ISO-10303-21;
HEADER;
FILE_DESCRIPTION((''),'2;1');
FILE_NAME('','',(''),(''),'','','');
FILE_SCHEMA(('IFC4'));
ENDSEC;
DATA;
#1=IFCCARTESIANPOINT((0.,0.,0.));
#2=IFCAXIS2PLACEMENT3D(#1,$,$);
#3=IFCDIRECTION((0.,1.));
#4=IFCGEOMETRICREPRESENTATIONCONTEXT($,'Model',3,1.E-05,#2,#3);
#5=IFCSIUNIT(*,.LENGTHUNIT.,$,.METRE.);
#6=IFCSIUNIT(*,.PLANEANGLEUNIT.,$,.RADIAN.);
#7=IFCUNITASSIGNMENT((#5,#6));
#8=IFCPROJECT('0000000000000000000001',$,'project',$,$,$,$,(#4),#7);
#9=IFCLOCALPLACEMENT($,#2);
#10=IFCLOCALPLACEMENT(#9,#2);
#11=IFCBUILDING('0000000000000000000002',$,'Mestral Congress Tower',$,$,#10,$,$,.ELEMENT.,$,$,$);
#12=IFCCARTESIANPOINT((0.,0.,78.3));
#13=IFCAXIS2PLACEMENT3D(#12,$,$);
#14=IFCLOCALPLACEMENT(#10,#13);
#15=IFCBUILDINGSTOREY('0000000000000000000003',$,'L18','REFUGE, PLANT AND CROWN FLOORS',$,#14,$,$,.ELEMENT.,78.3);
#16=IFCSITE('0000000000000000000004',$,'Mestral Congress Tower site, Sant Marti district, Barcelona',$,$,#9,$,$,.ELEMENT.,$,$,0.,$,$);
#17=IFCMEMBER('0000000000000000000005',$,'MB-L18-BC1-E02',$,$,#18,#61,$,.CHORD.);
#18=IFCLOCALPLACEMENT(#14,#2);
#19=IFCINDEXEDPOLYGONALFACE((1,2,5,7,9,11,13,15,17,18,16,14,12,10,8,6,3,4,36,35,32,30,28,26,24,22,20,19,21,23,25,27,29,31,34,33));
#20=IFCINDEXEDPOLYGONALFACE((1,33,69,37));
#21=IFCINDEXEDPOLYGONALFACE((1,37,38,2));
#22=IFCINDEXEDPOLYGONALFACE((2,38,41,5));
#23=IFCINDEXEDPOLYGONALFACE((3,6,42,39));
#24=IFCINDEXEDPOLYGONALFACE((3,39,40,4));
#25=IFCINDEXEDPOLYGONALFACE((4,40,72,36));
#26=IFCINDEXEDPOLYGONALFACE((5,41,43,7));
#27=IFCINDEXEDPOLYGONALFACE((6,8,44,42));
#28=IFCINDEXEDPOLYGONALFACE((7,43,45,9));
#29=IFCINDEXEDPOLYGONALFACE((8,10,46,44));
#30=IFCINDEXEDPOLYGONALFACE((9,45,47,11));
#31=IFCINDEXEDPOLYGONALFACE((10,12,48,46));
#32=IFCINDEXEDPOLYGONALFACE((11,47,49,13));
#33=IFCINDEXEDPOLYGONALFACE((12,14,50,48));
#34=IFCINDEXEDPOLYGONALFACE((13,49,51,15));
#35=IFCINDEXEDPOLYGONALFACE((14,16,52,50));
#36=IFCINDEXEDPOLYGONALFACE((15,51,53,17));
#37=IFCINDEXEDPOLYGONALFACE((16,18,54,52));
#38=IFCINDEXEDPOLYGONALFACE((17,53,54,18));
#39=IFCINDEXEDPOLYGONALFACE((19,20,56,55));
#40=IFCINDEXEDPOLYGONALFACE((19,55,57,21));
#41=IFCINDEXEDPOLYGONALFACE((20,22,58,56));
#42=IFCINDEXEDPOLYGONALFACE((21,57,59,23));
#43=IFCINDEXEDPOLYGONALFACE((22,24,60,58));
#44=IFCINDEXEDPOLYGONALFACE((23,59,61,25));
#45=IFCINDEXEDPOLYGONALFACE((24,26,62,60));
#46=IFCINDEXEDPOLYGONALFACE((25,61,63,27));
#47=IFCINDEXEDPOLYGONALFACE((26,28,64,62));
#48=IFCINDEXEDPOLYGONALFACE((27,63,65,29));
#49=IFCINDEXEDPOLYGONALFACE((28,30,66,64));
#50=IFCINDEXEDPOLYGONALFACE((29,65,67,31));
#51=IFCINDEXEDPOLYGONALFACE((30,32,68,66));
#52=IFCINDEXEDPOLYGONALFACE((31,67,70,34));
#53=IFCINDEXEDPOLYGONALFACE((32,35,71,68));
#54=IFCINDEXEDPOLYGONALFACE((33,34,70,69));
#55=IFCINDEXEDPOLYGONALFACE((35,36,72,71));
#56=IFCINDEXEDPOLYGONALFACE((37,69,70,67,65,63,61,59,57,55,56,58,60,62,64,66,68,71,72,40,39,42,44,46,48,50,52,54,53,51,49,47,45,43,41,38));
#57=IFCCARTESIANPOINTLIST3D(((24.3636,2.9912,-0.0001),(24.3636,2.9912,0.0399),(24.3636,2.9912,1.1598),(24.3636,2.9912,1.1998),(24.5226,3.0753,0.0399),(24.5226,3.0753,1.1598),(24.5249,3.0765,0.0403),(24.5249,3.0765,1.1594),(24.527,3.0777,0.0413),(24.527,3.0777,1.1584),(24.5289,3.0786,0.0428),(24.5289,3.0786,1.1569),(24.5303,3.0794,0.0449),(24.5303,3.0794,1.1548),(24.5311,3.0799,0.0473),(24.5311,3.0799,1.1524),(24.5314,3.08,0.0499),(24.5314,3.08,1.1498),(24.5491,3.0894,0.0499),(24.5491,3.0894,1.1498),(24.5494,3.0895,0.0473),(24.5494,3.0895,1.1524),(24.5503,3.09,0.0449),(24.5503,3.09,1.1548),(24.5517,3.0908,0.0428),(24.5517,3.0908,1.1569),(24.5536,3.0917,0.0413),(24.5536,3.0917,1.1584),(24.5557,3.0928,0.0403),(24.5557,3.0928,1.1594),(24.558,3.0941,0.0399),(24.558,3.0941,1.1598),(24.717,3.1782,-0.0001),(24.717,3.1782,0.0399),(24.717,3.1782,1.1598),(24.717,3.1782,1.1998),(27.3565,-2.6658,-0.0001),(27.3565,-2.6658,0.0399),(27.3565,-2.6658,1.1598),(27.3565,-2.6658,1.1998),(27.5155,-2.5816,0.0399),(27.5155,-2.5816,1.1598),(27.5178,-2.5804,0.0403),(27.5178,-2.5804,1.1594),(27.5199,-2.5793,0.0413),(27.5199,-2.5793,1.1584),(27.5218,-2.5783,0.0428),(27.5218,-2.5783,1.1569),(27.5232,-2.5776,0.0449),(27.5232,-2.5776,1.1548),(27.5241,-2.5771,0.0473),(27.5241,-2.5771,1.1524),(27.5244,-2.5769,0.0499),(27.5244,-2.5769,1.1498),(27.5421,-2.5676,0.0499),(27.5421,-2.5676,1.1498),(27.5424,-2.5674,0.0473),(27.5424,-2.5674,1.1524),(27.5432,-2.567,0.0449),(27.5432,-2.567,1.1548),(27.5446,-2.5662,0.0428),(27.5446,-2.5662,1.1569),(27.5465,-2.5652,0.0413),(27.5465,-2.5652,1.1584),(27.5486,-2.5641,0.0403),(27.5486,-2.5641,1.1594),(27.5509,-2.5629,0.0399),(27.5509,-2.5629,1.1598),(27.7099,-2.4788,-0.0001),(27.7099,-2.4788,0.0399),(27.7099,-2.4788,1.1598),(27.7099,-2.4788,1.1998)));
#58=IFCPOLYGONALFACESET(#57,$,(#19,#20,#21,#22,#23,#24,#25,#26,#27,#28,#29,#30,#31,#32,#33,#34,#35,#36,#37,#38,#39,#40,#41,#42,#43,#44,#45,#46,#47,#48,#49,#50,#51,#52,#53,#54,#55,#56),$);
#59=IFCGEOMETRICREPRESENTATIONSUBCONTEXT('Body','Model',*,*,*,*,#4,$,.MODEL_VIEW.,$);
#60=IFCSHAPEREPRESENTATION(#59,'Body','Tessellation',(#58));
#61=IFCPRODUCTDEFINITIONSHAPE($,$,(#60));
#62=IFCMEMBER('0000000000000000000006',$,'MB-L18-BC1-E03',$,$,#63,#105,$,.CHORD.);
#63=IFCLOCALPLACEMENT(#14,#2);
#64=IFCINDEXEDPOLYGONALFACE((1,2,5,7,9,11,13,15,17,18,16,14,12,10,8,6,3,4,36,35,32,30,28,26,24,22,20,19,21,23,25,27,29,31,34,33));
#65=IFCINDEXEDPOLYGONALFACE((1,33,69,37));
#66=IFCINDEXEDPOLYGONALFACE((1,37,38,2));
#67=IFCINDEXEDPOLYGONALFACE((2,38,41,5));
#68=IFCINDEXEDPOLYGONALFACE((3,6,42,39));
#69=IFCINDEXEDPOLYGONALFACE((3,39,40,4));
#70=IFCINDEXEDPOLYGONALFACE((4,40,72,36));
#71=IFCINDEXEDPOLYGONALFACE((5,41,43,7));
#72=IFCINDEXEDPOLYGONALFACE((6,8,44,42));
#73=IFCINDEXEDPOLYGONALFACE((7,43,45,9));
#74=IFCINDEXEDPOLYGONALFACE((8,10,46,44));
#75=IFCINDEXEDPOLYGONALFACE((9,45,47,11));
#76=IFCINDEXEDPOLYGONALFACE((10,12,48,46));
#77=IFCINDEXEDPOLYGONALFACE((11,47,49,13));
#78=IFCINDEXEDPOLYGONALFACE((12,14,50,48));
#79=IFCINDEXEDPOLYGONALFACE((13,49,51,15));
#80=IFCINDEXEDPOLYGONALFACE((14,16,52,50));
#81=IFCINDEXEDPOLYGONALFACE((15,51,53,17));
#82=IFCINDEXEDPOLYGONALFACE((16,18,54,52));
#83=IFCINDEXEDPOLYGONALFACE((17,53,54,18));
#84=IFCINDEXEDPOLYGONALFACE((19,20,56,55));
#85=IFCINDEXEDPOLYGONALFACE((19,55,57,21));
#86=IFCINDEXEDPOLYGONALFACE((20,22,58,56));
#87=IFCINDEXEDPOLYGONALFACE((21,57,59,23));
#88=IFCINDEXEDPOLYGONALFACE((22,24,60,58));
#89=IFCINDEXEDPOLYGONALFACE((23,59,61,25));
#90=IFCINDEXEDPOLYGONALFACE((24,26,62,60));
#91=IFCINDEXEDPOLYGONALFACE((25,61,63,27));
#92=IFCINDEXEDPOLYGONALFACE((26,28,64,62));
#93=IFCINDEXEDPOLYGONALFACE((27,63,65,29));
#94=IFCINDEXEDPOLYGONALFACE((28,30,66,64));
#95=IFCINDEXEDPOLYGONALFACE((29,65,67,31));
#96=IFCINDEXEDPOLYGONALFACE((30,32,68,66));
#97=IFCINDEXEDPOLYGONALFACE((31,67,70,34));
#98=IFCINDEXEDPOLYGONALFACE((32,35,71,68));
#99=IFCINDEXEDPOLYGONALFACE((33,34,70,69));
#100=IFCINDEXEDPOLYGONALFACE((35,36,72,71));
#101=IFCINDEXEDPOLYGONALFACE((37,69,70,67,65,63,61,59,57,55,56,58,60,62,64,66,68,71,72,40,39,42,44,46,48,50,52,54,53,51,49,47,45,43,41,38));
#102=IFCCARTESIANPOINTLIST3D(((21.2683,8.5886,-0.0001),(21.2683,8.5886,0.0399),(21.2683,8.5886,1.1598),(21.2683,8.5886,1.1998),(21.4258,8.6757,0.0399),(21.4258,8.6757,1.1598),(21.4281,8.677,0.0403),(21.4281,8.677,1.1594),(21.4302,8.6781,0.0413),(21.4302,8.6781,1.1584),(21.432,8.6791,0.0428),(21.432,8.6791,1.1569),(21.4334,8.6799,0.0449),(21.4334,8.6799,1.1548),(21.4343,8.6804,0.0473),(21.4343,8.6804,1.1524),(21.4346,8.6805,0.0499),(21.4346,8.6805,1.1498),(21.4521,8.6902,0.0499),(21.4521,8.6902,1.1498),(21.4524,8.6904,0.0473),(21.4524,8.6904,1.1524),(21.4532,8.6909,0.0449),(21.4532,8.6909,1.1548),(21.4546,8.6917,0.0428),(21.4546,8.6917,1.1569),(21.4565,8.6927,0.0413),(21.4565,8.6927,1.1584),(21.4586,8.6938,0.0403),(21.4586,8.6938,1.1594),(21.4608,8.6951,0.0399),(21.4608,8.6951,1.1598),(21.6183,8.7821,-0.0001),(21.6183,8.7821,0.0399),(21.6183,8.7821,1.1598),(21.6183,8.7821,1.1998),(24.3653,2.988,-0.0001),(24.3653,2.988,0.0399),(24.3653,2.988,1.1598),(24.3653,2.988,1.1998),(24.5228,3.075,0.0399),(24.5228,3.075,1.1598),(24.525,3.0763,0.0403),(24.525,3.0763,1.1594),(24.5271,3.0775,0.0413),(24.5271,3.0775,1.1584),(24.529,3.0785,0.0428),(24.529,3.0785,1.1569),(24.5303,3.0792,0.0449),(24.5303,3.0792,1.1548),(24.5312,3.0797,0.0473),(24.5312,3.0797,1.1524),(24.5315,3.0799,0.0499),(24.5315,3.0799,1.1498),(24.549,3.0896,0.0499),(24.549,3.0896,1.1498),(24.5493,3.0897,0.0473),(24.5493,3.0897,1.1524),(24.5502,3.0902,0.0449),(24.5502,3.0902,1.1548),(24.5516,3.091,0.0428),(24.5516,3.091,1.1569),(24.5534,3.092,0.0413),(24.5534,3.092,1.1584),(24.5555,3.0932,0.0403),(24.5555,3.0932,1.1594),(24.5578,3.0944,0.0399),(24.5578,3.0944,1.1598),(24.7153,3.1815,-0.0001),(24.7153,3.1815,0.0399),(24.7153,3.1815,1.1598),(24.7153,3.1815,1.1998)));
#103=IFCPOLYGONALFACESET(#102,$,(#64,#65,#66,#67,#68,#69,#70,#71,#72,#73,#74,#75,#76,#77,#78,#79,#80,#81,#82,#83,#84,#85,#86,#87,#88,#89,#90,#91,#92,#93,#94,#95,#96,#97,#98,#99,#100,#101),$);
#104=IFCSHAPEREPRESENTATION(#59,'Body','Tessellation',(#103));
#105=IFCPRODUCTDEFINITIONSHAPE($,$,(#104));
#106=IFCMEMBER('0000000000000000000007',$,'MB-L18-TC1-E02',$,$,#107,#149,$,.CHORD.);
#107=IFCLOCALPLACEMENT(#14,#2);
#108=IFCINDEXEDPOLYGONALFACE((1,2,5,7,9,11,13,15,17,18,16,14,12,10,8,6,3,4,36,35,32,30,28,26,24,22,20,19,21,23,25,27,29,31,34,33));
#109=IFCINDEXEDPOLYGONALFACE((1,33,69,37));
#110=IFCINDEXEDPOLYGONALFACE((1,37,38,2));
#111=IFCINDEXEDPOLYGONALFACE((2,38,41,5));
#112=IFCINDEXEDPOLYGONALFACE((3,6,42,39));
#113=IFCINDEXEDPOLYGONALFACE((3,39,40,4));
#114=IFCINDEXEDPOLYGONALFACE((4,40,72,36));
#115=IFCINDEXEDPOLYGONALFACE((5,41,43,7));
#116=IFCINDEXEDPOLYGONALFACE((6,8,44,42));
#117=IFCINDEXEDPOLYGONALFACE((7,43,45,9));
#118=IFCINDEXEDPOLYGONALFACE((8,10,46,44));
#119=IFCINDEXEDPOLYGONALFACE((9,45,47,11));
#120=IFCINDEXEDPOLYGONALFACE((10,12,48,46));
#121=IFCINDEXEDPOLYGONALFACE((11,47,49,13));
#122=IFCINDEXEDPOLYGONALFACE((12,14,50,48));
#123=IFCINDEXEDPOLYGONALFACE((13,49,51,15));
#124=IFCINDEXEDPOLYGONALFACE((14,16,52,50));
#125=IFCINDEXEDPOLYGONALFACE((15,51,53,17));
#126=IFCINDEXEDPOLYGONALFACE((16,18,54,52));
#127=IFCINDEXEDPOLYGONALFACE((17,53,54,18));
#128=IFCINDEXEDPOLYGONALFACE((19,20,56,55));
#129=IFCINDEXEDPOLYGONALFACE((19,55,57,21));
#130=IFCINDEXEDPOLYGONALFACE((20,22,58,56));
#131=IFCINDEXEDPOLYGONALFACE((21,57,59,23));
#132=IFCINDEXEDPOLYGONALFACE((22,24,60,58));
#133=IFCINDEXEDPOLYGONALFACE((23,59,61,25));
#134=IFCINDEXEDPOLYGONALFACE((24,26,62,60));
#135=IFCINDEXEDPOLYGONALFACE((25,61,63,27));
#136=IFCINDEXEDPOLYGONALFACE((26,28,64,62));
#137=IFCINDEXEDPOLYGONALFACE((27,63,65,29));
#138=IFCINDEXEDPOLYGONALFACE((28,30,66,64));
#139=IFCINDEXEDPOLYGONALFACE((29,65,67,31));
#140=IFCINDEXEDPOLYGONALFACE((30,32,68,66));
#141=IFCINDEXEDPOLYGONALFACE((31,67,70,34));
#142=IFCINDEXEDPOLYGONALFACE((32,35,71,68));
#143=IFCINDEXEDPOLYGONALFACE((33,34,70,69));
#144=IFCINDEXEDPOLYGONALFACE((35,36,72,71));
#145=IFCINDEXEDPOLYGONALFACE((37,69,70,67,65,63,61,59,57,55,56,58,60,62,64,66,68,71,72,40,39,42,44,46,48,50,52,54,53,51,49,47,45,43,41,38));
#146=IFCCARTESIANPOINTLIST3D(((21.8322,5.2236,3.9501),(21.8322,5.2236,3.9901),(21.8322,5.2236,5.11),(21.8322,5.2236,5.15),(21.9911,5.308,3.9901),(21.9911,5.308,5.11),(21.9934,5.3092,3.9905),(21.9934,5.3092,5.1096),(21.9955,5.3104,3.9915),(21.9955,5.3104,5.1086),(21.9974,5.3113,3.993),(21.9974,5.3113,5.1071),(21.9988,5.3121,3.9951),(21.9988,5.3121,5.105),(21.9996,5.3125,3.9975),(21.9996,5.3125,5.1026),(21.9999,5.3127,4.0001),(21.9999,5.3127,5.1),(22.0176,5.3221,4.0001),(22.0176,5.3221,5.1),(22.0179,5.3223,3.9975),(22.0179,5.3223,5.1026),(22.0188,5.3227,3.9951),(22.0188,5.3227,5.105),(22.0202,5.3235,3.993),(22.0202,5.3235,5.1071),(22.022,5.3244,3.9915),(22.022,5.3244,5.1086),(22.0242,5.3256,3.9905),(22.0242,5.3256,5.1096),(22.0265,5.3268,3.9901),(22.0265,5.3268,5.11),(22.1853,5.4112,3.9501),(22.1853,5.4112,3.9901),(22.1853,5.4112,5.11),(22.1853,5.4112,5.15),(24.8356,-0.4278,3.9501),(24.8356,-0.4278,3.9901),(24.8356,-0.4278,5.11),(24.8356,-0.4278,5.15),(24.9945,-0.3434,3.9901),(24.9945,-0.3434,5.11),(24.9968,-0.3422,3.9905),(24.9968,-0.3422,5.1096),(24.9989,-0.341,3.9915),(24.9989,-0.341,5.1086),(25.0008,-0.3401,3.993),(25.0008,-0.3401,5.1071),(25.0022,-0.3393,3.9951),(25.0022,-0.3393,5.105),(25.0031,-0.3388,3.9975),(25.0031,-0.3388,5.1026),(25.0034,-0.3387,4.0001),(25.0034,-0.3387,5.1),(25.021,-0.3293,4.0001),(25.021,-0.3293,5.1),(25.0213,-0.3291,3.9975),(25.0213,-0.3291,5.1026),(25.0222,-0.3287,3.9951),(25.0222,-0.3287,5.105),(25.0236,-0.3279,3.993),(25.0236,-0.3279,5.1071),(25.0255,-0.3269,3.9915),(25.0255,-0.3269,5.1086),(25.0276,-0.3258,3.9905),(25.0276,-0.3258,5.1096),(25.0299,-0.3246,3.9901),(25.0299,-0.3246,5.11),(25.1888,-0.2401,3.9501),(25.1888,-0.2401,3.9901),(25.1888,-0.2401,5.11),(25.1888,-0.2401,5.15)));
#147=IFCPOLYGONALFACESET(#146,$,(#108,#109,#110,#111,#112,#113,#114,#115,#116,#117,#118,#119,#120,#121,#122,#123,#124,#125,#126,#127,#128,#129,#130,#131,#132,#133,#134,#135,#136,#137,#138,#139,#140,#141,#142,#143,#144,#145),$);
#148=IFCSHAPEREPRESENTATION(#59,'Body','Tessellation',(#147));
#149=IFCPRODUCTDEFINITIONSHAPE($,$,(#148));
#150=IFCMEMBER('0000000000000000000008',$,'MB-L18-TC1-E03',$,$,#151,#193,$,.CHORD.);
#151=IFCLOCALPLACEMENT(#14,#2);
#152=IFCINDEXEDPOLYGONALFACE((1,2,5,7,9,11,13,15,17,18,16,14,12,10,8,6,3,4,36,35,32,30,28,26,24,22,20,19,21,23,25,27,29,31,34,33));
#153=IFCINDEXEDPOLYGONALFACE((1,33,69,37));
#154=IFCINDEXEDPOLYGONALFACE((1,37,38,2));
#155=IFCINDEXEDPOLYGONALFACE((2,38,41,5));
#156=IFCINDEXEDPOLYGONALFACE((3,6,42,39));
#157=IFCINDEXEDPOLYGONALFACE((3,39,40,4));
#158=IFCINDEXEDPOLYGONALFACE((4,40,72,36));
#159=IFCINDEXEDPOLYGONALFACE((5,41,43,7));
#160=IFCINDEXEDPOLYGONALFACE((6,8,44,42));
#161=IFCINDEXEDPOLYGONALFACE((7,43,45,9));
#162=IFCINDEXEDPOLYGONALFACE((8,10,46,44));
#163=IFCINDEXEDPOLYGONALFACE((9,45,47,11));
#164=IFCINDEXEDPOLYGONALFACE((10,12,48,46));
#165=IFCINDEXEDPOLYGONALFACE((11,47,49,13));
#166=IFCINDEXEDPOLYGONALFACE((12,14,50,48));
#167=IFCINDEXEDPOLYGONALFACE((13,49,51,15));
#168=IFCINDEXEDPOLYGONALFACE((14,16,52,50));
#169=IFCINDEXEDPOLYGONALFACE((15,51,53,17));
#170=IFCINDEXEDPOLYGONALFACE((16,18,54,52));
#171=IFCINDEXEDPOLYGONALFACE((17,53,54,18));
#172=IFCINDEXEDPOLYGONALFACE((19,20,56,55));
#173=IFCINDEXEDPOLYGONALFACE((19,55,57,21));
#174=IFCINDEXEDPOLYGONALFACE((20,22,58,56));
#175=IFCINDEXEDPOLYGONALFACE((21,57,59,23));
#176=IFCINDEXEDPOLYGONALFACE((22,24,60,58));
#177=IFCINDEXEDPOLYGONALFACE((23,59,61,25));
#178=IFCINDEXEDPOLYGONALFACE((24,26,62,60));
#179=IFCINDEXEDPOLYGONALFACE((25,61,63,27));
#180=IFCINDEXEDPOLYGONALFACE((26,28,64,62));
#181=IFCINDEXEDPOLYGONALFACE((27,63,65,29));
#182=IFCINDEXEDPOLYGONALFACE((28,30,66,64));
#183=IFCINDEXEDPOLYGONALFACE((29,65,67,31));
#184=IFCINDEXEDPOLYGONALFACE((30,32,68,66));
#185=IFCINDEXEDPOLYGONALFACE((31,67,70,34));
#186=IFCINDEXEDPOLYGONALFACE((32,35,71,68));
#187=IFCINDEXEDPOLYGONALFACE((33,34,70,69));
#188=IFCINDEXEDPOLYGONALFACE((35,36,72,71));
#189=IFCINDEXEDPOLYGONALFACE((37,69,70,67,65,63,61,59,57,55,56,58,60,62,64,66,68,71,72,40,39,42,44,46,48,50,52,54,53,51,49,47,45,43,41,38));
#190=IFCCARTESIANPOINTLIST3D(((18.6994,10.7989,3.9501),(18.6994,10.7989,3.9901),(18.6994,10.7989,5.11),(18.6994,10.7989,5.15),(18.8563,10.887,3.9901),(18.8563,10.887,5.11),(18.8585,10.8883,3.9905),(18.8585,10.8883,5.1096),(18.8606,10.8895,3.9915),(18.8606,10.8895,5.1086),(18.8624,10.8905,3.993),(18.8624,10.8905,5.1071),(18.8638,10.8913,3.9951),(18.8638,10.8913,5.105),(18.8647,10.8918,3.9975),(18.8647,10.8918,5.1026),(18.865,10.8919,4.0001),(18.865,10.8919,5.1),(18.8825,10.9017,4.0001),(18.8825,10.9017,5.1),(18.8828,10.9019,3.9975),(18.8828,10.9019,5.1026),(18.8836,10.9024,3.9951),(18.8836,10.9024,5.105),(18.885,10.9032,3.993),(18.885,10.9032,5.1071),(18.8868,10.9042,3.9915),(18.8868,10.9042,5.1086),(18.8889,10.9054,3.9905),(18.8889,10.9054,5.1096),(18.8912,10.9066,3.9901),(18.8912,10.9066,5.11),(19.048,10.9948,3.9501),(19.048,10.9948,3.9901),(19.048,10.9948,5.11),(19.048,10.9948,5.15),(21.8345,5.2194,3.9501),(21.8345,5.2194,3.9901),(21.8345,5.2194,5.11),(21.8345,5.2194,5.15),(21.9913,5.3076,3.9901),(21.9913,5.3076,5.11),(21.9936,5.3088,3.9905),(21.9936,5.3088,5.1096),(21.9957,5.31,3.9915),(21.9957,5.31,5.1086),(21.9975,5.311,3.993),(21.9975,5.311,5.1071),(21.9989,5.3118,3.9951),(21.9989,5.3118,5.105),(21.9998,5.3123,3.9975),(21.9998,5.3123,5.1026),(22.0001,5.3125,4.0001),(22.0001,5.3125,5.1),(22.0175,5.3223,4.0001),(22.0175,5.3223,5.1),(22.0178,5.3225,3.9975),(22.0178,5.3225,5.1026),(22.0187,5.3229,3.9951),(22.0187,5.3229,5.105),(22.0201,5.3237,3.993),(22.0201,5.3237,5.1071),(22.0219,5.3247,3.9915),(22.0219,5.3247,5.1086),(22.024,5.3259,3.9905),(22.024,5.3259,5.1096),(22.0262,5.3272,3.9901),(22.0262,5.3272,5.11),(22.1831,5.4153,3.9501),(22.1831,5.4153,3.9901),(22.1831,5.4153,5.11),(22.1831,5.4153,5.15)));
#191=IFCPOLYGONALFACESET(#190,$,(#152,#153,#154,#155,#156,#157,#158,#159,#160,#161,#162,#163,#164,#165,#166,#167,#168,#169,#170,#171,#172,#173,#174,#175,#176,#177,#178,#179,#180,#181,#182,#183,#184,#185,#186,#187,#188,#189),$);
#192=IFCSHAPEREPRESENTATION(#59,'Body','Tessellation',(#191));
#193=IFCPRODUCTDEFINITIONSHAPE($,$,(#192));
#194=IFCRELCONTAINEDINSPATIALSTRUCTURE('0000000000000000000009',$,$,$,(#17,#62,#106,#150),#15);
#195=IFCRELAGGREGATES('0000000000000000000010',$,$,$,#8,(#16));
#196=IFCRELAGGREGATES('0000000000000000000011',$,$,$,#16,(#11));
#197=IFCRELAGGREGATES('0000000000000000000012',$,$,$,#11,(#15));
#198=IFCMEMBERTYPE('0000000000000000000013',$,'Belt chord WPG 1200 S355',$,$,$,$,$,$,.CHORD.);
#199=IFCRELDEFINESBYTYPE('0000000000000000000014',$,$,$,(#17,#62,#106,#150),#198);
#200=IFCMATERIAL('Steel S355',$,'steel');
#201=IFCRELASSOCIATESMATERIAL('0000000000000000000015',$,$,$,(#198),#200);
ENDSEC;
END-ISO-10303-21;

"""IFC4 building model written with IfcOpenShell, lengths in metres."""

from ifc_helpers import new_model, si_unit, direction, frame, origin, origin_2d, place, context, subcontext, project, spatial, i_section, extrude, material, material_profile, profile_set, type_object, element, save


model = new_model("IFC4")

# Units and contexts
model_context = context("Model", 3, precision=1e-05, world=origin(), true_north=direction((0.0, 1.0)))
body_context = subcontext(model_context, "Body", "Model", "MODEL_VIEW")
ifc_project = project(units=[si_unit("LENGTHUNIT", "METRE"), si_unit("PLANEANGLEUNIT", "RADIAN")], contexts=[model_context])

# Site, building, storey
site_placement = place(None, origin())
site = spatial("IfcSite", under=ifc_project, at=site_placement, Name="Mestral Congress Tower site, Sant Marti district, Barcelona", CompositionType="ELEMENT", RefElevation=0.0)
building_placement = place(site_placement, origin())
building = spatial("IfcBuilding", under=site, at=building_placement, Name="Mestral Congress Tower", CompositionType="ELEMENT")
storey_placement = place(building_placement, frame((0.0, 0.0, 78.3)))
storey = spatial("IfcBuildingStorey", under=building, at=storey_placement, Name="L18", Description="REFUGE, PLANT AND CROWN FLOORS", CompositionType="ELEMENT", Elevation=78.3)

# Members
ifc_material_1 = material(Name="Steel S355", Category="steel")
ifc_material_profile_1 = material_profile(ifc_material_1, i_section(OverallWidth=0.3999, OverallDepth=1.2, WebThickness=0.02, FlangeThickness=0.04, FilletRadius=0.01, at=origin_2d()), Name="WPG 1200")
ifc_profile_set_1 = profile_set([ifc_material_profile_1], Name="Steel S355")
member_type_1 = type_object("IfcMemberType", Name="Belt chord WPG 1200 S355", PredefinedType="CHORD", material=ifc_profile_set_1)
for number, where, z_axis, x_axis, name in (
    (1, (27.5332, -2.5723, 0.5999), (-0.467649, 0.883914, 0.0), (-0.883914, -0.467649, 0.0), "MB-L18-BC1-E02"),
    (2, (24.5403, 3.0847, 0.5999), (-0.483909, 0.875118, 0.0), (-0.875118, -0.483909, 0.0), "MB-L18-BC1-E03"),
    (3, (25.0122, -0.334, 4.55), (-0.469293, 0.883043, 0.0), (-0.883043, -0.469293, 0.0), "MB-L18-TC1-E02"),
    (4, (22.0088, 5.3174, 4.55), (-0.489861, 0.871801, 0.0), (-0.871801, -0.489861, 0.0), "MB-L18-TC1-E03"),
):
    element("IfcMember", number, at=place(storey_placement, frame(where, z_axis=z_axis, x_axis=x_axis)), inside=storey, type_object=member_type_1, Name=name, PredefinedType="CHORD", context=body_context, shape_type="SweptSolid", body=[
        extrude(i_section(OverallWidth=0.3999, OverallDepth=1.2, WebThickness=0.02, FlangeThickness=0.04, FilletRadius=0.01, at=origin_2d()), origin(), (0.0, 0.0, 1.0), 6.3999),
    ])

save(model, "model.ifc")
